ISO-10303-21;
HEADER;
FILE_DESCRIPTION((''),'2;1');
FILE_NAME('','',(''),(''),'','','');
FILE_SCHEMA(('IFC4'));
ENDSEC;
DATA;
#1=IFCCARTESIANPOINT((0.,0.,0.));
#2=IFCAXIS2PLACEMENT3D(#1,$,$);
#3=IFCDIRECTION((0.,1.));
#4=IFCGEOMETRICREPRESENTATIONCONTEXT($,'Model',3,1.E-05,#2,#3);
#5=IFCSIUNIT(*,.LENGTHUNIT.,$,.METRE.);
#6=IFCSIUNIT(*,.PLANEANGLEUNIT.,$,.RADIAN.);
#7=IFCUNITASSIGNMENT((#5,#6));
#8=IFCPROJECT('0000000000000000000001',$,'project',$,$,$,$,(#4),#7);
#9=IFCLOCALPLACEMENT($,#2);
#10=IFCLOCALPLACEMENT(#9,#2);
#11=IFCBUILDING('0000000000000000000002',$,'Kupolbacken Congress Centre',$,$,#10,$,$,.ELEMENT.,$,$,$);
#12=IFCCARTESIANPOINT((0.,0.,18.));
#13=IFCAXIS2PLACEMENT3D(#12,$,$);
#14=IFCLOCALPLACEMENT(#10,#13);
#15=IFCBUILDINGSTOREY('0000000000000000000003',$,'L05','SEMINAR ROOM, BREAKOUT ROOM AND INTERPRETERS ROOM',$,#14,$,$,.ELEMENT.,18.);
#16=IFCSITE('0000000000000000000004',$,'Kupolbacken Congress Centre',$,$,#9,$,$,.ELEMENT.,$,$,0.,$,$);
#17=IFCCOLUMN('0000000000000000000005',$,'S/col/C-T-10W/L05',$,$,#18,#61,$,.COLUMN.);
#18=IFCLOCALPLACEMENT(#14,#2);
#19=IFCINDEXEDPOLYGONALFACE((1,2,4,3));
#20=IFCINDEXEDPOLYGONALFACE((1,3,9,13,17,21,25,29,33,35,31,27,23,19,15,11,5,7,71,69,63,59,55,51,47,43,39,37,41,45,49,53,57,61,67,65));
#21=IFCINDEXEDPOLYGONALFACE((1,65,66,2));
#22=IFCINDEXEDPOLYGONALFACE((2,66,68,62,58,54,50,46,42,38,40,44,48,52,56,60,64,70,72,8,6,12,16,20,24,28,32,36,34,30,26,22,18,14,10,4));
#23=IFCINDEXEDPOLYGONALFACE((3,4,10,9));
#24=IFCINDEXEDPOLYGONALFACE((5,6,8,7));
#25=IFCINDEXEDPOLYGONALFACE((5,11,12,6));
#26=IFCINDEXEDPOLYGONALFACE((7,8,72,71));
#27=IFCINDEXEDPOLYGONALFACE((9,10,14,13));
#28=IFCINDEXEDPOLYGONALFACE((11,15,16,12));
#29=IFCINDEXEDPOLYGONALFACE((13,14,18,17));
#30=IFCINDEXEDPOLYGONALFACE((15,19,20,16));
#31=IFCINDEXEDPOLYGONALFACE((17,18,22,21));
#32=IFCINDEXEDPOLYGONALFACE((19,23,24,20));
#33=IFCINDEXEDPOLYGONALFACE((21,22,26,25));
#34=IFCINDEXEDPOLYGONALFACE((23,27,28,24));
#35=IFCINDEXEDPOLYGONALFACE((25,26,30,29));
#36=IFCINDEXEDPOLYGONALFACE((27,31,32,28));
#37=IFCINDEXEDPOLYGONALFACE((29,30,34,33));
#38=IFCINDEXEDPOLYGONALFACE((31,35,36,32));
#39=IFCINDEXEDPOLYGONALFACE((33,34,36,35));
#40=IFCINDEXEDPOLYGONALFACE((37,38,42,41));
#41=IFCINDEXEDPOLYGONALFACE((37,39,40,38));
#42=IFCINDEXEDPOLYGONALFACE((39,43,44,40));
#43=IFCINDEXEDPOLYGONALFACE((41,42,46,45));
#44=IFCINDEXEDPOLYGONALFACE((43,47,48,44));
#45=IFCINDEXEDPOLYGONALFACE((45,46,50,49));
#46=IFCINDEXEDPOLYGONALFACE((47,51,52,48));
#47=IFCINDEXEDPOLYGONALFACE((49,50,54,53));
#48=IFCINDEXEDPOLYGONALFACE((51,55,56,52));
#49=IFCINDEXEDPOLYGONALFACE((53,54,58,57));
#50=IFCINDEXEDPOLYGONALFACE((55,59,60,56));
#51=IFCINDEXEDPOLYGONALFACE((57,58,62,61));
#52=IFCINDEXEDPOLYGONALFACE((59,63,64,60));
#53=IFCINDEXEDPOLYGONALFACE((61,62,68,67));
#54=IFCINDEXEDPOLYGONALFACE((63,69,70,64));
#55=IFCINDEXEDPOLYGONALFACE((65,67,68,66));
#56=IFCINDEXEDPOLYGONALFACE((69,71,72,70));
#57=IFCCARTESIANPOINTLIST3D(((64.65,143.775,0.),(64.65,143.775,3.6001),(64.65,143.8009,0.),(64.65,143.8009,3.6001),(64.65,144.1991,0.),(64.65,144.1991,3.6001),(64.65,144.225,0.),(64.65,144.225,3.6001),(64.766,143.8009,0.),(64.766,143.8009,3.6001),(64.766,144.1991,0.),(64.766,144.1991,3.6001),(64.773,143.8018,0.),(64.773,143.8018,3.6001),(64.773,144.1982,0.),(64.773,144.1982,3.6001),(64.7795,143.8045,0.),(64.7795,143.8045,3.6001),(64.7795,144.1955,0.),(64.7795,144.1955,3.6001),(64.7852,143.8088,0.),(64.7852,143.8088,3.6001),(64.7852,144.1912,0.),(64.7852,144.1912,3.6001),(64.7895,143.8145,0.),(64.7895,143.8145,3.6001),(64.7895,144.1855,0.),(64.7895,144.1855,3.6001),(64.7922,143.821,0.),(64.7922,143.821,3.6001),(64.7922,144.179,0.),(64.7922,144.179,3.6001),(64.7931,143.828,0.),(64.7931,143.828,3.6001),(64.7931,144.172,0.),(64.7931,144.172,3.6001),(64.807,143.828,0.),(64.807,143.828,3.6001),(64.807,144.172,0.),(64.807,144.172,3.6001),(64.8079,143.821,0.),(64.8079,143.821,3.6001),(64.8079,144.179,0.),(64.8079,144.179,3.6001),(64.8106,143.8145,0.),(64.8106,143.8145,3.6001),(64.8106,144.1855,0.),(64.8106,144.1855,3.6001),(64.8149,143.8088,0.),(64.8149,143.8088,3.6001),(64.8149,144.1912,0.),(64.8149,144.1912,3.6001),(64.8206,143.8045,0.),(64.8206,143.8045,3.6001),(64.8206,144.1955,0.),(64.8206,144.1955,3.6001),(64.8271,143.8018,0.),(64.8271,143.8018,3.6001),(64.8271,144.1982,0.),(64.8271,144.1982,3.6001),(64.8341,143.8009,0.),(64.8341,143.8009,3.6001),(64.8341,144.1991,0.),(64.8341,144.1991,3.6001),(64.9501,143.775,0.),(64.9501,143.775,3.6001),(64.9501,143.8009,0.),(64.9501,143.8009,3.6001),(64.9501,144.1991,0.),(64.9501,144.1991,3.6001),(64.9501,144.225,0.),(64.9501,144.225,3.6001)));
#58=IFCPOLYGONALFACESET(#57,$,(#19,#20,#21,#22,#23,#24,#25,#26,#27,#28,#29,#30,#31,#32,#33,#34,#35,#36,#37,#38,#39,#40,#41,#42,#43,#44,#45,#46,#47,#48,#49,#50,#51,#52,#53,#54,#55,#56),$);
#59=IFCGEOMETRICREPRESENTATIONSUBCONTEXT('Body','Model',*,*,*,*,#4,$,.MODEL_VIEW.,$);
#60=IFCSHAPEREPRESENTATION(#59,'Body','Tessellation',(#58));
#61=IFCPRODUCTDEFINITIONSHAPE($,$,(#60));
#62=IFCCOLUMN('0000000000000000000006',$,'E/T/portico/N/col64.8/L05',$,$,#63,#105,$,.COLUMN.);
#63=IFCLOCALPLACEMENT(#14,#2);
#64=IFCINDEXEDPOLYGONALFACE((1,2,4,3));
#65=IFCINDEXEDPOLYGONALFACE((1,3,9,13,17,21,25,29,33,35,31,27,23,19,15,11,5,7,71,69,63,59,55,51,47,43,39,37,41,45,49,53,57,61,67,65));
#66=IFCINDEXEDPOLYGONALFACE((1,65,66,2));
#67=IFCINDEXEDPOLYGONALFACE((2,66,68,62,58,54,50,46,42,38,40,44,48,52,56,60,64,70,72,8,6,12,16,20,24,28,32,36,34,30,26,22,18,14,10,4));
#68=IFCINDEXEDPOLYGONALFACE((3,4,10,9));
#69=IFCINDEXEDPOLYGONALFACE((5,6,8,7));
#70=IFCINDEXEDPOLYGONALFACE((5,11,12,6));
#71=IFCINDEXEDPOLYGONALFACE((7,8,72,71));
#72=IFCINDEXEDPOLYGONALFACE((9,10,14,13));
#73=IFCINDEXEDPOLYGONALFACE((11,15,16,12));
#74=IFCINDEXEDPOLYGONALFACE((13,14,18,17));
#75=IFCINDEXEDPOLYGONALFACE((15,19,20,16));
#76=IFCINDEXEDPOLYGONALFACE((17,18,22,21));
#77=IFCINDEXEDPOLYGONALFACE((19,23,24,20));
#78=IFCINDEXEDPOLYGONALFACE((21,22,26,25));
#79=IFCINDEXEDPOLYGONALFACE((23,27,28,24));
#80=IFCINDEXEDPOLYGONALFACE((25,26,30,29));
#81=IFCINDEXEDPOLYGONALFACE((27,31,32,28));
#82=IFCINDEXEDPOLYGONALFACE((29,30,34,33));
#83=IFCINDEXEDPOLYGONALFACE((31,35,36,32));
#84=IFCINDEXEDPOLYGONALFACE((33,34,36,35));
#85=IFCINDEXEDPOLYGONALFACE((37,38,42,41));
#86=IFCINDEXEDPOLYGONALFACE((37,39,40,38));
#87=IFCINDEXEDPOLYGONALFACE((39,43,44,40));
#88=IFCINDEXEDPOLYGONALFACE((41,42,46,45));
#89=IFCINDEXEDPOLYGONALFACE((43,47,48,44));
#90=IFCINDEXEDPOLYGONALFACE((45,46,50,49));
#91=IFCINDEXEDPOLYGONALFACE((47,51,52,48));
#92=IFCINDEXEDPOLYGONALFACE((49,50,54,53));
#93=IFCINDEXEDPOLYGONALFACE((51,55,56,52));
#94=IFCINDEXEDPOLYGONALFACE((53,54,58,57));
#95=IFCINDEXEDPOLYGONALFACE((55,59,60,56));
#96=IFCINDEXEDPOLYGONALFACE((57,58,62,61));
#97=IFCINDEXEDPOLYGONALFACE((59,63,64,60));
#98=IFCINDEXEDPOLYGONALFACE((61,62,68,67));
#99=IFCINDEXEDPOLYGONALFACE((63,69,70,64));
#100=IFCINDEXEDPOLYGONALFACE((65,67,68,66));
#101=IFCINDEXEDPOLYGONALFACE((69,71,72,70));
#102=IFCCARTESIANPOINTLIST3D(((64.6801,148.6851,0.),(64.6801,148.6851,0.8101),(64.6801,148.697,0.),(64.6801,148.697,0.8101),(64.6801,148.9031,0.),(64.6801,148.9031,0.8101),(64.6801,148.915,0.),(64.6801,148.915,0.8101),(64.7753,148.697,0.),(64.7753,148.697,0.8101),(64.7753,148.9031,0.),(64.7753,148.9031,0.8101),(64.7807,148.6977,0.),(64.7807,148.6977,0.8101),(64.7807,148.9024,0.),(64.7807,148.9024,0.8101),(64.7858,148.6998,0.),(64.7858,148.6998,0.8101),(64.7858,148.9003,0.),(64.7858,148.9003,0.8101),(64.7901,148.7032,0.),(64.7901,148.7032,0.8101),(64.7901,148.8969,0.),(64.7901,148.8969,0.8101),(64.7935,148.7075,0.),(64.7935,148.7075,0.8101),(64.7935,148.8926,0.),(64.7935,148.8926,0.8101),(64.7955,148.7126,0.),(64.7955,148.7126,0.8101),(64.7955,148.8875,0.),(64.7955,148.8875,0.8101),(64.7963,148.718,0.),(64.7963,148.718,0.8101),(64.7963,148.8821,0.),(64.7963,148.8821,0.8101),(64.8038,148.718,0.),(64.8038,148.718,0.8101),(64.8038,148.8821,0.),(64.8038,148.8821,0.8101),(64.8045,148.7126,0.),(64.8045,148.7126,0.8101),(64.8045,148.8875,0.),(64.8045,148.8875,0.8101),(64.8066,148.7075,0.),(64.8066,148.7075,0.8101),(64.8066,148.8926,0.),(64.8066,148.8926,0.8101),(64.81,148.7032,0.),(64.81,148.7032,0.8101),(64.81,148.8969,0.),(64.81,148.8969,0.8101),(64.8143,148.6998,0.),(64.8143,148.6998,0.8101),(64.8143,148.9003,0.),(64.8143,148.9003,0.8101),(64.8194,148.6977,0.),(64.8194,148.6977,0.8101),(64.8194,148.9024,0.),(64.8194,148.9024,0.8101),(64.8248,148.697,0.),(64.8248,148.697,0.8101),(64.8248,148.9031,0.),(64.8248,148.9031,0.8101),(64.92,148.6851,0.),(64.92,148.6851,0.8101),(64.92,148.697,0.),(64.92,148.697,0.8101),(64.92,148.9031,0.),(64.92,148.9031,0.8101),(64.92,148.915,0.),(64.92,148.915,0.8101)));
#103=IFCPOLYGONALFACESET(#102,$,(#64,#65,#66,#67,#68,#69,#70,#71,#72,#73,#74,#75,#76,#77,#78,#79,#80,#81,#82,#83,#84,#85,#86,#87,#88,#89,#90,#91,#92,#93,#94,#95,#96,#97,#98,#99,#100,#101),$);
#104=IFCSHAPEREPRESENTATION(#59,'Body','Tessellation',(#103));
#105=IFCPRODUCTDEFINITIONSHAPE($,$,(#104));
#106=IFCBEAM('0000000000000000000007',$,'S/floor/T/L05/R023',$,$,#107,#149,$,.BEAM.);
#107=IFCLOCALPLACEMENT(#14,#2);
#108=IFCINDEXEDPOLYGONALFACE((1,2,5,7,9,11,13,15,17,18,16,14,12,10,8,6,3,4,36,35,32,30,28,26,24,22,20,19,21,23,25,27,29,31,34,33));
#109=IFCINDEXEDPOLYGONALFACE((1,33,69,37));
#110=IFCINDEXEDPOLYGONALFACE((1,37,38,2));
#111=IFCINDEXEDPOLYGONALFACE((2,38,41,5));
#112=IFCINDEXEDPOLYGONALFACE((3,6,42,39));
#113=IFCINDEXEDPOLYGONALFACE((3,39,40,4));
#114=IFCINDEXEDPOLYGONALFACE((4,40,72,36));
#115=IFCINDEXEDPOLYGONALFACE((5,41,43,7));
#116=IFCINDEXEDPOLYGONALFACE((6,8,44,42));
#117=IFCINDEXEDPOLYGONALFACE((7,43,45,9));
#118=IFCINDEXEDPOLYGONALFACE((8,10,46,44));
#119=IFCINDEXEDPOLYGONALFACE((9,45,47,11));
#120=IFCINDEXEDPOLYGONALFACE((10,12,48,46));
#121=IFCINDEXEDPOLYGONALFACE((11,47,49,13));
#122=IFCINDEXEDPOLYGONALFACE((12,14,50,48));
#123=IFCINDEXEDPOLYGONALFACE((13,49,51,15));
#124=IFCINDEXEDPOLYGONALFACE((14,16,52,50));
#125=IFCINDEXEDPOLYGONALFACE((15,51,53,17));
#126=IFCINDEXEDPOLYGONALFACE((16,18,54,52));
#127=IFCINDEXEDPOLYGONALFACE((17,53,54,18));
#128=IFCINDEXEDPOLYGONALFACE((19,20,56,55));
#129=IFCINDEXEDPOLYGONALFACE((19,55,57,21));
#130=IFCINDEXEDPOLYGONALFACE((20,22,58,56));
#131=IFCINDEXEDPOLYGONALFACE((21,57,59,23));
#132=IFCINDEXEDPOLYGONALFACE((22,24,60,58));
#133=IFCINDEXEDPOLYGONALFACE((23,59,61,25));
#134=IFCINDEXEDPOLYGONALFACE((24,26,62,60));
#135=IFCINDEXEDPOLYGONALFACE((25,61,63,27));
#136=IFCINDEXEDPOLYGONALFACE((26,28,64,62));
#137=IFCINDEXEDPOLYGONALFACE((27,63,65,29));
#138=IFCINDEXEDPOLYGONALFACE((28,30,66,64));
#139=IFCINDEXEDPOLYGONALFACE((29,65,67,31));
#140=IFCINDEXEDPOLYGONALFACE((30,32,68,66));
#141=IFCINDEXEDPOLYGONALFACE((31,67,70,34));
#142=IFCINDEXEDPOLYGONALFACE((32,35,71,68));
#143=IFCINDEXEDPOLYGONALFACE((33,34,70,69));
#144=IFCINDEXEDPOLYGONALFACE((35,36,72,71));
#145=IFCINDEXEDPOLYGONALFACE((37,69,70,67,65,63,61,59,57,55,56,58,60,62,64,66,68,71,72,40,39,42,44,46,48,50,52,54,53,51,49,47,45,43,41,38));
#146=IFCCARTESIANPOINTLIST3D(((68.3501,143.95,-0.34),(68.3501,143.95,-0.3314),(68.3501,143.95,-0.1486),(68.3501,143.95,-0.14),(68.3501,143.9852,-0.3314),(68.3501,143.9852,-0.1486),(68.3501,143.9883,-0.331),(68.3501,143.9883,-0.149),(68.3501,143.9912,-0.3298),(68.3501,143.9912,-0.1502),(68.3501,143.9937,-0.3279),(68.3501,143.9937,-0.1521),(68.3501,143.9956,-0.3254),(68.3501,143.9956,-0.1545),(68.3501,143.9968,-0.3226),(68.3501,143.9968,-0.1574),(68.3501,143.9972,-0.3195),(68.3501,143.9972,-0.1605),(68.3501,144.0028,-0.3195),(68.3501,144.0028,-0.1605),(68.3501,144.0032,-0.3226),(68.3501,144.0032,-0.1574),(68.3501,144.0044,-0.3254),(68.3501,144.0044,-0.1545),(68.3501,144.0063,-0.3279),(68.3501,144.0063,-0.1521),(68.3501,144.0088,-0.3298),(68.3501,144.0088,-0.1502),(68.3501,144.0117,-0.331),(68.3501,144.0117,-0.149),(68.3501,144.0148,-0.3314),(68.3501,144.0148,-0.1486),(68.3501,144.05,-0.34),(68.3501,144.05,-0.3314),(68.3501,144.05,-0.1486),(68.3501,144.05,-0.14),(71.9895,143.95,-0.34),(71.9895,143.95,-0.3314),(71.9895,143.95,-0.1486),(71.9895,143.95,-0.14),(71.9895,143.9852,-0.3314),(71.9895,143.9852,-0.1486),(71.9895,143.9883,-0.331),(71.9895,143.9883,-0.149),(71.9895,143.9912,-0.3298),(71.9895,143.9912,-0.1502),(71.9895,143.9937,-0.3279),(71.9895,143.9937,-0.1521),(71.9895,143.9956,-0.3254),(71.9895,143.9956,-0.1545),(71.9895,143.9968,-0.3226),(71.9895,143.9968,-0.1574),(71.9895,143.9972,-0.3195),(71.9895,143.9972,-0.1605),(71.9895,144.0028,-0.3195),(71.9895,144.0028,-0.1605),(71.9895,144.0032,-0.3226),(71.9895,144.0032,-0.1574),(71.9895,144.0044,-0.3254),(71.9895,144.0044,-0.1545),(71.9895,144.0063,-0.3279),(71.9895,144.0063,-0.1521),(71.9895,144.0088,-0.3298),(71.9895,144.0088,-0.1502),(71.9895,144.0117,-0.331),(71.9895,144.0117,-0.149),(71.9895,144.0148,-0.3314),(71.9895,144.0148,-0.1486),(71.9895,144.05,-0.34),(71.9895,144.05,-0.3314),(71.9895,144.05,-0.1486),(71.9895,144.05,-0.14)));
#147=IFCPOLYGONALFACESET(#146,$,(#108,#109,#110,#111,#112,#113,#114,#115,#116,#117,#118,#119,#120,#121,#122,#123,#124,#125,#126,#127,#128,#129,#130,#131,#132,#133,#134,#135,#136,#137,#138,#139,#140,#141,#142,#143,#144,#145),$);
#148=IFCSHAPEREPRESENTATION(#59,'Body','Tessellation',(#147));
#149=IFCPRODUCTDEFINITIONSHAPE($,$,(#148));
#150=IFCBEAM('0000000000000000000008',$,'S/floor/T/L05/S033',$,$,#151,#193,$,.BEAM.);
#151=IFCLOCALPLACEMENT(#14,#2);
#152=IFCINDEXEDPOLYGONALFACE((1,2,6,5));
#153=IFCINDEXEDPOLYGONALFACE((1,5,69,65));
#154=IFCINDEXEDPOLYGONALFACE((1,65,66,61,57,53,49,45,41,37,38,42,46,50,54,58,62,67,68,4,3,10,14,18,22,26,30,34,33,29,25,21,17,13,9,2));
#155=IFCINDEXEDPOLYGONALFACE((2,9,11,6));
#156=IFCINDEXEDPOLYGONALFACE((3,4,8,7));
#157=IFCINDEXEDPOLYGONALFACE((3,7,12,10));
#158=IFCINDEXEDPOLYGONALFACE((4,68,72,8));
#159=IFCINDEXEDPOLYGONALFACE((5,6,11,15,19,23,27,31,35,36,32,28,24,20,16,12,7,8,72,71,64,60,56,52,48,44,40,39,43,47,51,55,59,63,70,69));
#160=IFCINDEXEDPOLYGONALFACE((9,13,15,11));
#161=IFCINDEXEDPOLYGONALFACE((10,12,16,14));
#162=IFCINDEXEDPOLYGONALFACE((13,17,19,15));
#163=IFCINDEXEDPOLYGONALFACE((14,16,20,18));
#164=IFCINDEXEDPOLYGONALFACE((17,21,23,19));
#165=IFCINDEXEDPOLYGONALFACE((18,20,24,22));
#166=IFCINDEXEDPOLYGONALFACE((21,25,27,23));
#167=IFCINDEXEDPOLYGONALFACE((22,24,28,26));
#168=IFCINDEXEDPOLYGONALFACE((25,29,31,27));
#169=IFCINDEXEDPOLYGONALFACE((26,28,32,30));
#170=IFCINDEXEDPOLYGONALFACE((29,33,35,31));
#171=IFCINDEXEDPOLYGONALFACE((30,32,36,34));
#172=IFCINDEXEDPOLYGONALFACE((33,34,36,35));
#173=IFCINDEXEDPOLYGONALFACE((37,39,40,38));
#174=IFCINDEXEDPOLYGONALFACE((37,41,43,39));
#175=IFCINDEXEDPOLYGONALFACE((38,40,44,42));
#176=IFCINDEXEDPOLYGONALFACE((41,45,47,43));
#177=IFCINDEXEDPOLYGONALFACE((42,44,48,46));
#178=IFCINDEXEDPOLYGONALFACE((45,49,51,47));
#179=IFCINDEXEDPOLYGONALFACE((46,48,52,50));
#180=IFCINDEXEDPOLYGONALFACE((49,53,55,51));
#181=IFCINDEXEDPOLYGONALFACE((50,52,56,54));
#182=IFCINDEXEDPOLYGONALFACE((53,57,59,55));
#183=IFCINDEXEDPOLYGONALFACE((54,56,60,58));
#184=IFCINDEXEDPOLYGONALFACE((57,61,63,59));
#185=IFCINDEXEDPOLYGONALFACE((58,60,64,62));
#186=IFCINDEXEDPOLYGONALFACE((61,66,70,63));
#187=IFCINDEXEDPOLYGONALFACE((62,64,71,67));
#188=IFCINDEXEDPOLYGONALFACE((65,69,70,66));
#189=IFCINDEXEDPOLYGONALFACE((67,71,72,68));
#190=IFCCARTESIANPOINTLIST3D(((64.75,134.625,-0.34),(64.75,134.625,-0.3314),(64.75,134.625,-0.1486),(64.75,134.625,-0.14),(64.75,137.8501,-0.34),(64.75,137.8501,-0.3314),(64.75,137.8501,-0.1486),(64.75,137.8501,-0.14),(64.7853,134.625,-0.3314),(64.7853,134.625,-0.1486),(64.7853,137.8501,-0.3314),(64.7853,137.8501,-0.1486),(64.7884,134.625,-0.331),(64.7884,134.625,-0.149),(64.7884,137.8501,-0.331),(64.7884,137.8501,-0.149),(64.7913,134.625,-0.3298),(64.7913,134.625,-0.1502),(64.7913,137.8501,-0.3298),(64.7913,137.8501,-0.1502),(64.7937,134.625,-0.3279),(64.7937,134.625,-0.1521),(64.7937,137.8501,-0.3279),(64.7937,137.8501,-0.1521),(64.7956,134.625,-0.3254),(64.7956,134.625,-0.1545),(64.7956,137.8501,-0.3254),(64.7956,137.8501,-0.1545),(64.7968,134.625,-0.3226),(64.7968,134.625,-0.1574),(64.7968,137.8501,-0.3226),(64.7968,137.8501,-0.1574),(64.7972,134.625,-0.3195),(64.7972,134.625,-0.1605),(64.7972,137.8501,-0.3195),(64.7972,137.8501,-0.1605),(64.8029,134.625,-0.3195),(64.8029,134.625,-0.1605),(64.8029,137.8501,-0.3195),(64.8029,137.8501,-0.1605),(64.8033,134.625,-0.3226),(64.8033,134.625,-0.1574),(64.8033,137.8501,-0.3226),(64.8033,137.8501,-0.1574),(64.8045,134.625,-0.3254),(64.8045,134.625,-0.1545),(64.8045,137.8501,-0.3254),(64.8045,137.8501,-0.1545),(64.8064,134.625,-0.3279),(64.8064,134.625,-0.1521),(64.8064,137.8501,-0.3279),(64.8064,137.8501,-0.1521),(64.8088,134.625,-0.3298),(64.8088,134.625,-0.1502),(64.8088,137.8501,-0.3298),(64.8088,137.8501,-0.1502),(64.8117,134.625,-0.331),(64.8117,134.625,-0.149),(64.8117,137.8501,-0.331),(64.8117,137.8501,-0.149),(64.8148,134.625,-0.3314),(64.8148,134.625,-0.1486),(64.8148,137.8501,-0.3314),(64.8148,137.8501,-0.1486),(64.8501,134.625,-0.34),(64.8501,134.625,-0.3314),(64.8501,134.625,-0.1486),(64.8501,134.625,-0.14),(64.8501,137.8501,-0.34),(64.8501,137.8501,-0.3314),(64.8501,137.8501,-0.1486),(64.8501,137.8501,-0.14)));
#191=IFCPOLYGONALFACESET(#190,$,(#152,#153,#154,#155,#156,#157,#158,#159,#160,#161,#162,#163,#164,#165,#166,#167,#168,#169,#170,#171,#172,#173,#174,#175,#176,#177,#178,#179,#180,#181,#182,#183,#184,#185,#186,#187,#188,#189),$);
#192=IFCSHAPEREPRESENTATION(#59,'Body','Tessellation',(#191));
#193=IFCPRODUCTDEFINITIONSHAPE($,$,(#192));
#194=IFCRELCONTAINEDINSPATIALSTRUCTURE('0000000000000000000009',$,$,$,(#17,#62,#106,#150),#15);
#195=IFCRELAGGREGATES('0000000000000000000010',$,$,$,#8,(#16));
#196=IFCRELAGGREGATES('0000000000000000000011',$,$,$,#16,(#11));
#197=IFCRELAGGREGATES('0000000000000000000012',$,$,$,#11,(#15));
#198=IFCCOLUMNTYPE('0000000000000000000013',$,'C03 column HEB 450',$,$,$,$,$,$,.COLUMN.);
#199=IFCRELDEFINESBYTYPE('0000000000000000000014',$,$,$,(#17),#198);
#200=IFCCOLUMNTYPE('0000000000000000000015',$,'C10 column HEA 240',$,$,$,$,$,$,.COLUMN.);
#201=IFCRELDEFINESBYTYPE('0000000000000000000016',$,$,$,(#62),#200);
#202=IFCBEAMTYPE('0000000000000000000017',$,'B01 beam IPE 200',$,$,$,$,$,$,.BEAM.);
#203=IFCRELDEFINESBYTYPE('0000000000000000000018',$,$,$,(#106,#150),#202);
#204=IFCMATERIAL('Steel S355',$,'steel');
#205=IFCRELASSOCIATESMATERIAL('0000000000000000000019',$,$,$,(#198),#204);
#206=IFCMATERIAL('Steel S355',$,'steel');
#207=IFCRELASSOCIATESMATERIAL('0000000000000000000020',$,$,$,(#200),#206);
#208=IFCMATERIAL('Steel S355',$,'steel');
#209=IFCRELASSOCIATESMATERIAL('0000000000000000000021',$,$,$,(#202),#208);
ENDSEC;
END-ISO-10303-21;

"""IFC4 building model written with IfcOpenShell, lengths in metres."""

from ifc_helpers import new_model, si_unit, direction, frame, origin, origin_2d, place, context, subcontext, project, spatial, i_section, extrude, material, material_profile, profile_set, type_object, element, save


model = new_model("IFC4")

# Units and contexts
model_context = context("Model", 3, precision=1e-05, world=origin(), true_north=direction((0.0, 1.0)))
body_context = subcontext(model_context, "Body", "Model", "MODEL_VIEW")
ifc_project = project(units=[si_unit("LENGTHUNIT", "METRE"), si_unit("PLANEANGLEUNIT", "RADIAN")], contexts=[model_context])

# Site, building, storey
site_placement = place(None, origin())
site = spatial("IfcSite", under=ifc_project, at=site_placement, Name="Kupolbacken Congress Centre", CompositionType="ELEMENT", RefElevation=0.0)
building_placement = place(site_placement, origin())
building = spatial("IfcBuilding", under=site, at=building_placement, Name="Kupolbacken Congress Centre", CompositionType="ELEMENT")
storey_placement = place(building_placement, frame((0.0, 0.0, 18.0)))
storey = spatial("IfcBuildingStorey", under=building, at=storey_placement, Name="L05", Description="SEMINAR ROOM, BREAKOUT ROOM AND INTERPRETERS ROOM", CompositionType="ELEMENT", Elevation=18.0)

# Columns
ifc_material_1 = material(Name="Steel S355", Category="steel")
ifc_material_profile_1 = material_profile(ifc_material_1, i_section(OverallWidth=0.3, OverallDepth=0.45, WebThickness=0.0139, FlangeThickness=0.0259, FilletRadius=0.0271, at=origin_2d()), Name="HEB 450")
ifc_profile_set_1 = profile_set([ifc_material_profile_1], Name="Steel S355")
column_type_1 = type_object("IfcColumnType", Name="C03 column HEB 450", PredefinedType="COLUMN", material=ifc_profile_set_1)
column_1_placement = place(storey_placement, frame((64.8, 144.0, 0.0), z_axis=(0.0, 0.0, 1.0), x_axis=(1.0, 0.0, 0.0)))
element("IfcColumn", 1, at=column_1_placement, inside=storey, type_object=column_type_1, Name="S/col/C-T-10W/L05", PredefinedType="COLUMN", context=body_context, shape_type="SweptSolid", body=[
    extrude(i_section(OverallWidth=0.3, OverallDepth=0.45, WebThickness=0.0139, FlangeThickness=0.0259, FilletRadius=0.0271, at=origin_2d()), origin(), (0.0, 0.0, 1.0), 3.6001),
])
ifc_material_2 = material(Name="Steel S355", Category="steel")
ifc_material_profile_2 = material_profile(ifc_material_2, i_section(OverallWidth=0.24, OverallDepth=0.23, WebThickness=0.0076, FlangeThickness=0.012, FilletRadius=0.021, at=origin_2d()), Name="HEA 240")
ifc_profile_set_2 = profile_set([ifc_material_profile_2], Name="Steel S355")
column_type_2 = type_object("IfcColumnType", Name="C10 column HEA 240", PredefinedType="COLUMN", material=ifc_profile_set_2)
column_2_placement = place(storey_placement, frame((64.8, 148.8, 0.0), z_axis=(0.0, 0.0, 1.0), x_axis=(1.0, 0.0, 0.0)))
element("IfcColumn", 2, at=column_2_placement, inside=storey, type_object=column_type_2, Name="E/T/portico/N/col64.8/L05", PredefinedType="COLUMN", context=body_context, shape_type="SweptSolid", body=[
    extrude(i_section(OverallWidth=0.24, OverallDepth=0.23, WebThickness=0.0076, FlangeThickness=0.012, FilletRadius=0.021, at=origin_2d()), origin(), (0.0, 0.0, 1.0), 0.8101),
])

# Beams
ifc_material_3 = material(Name="Steel S355", Category="steel")
ifc_material_profile_3 = material_profile(ifc_material_3, i_section(OverallWidth=0.1001, OverallDepth=0.2, WebThickness=0.0056, FlangeThickness=0.0085, FilletRadius=0.012, at=origin_2d()), Name="IPE 200")
ifc_profile_set_3 = profile_set([ifc_material_profile_3], Name="Steel S355")
beam_type_1 = type_object("IfcBeamType", Name="B01 beam IPE 200", PredefinedType="BEAM", material=ifc_profile_set_3)
beam_1_placement = place(storey_placement, frame((68.3501, 144.0, -0.24), z_axis=(1.0, 0.0, 0.0), x_axis=(0.0, 1.0, 0.0)))
element("IfcBeam", 3, at=beam_1_placement, inside=storey, type_object=beam_type_1, Name="S/floor/T/L05/R023", PredefinedType="BEAM", context=body_context, shape_type="SweptSolid", body=[
    extrude(i_section(OverallWidth=0.1001, OverallDepth=0.2, WebThickness=0.0056, FlangeThickness=0.0085, FilletRadius=0.012, at=origin_2d()), origin(), (0.0, 0.0, 1.0), 3.6394),
])
beam_2_placement = place(storey_placement, frame((64.8, 134.625, -0.24), z_axis=(0.0, 1.0, 0.0), x_axis=(-1.0, 0.0, 0.0)))
element("IfcBeam", 4, at=beam_2_placement, inside=storey, type_object=beam_type_1, Name="S/floor/T/L05/S033", PredefinedType="BEAM", context=body_context, shape_type="SweptSolid", body=[
    extrude(i_section(OverallWidth=0.1001, OverallDepth=0.2, WebThickness=0.0056, FlangeThickness=0.0085, FilletRadius=0.012, at=origin_2d()), origin(), (0.0, 0.0, 1.0), 3.2251),
])

save(model, "model.ifc")
